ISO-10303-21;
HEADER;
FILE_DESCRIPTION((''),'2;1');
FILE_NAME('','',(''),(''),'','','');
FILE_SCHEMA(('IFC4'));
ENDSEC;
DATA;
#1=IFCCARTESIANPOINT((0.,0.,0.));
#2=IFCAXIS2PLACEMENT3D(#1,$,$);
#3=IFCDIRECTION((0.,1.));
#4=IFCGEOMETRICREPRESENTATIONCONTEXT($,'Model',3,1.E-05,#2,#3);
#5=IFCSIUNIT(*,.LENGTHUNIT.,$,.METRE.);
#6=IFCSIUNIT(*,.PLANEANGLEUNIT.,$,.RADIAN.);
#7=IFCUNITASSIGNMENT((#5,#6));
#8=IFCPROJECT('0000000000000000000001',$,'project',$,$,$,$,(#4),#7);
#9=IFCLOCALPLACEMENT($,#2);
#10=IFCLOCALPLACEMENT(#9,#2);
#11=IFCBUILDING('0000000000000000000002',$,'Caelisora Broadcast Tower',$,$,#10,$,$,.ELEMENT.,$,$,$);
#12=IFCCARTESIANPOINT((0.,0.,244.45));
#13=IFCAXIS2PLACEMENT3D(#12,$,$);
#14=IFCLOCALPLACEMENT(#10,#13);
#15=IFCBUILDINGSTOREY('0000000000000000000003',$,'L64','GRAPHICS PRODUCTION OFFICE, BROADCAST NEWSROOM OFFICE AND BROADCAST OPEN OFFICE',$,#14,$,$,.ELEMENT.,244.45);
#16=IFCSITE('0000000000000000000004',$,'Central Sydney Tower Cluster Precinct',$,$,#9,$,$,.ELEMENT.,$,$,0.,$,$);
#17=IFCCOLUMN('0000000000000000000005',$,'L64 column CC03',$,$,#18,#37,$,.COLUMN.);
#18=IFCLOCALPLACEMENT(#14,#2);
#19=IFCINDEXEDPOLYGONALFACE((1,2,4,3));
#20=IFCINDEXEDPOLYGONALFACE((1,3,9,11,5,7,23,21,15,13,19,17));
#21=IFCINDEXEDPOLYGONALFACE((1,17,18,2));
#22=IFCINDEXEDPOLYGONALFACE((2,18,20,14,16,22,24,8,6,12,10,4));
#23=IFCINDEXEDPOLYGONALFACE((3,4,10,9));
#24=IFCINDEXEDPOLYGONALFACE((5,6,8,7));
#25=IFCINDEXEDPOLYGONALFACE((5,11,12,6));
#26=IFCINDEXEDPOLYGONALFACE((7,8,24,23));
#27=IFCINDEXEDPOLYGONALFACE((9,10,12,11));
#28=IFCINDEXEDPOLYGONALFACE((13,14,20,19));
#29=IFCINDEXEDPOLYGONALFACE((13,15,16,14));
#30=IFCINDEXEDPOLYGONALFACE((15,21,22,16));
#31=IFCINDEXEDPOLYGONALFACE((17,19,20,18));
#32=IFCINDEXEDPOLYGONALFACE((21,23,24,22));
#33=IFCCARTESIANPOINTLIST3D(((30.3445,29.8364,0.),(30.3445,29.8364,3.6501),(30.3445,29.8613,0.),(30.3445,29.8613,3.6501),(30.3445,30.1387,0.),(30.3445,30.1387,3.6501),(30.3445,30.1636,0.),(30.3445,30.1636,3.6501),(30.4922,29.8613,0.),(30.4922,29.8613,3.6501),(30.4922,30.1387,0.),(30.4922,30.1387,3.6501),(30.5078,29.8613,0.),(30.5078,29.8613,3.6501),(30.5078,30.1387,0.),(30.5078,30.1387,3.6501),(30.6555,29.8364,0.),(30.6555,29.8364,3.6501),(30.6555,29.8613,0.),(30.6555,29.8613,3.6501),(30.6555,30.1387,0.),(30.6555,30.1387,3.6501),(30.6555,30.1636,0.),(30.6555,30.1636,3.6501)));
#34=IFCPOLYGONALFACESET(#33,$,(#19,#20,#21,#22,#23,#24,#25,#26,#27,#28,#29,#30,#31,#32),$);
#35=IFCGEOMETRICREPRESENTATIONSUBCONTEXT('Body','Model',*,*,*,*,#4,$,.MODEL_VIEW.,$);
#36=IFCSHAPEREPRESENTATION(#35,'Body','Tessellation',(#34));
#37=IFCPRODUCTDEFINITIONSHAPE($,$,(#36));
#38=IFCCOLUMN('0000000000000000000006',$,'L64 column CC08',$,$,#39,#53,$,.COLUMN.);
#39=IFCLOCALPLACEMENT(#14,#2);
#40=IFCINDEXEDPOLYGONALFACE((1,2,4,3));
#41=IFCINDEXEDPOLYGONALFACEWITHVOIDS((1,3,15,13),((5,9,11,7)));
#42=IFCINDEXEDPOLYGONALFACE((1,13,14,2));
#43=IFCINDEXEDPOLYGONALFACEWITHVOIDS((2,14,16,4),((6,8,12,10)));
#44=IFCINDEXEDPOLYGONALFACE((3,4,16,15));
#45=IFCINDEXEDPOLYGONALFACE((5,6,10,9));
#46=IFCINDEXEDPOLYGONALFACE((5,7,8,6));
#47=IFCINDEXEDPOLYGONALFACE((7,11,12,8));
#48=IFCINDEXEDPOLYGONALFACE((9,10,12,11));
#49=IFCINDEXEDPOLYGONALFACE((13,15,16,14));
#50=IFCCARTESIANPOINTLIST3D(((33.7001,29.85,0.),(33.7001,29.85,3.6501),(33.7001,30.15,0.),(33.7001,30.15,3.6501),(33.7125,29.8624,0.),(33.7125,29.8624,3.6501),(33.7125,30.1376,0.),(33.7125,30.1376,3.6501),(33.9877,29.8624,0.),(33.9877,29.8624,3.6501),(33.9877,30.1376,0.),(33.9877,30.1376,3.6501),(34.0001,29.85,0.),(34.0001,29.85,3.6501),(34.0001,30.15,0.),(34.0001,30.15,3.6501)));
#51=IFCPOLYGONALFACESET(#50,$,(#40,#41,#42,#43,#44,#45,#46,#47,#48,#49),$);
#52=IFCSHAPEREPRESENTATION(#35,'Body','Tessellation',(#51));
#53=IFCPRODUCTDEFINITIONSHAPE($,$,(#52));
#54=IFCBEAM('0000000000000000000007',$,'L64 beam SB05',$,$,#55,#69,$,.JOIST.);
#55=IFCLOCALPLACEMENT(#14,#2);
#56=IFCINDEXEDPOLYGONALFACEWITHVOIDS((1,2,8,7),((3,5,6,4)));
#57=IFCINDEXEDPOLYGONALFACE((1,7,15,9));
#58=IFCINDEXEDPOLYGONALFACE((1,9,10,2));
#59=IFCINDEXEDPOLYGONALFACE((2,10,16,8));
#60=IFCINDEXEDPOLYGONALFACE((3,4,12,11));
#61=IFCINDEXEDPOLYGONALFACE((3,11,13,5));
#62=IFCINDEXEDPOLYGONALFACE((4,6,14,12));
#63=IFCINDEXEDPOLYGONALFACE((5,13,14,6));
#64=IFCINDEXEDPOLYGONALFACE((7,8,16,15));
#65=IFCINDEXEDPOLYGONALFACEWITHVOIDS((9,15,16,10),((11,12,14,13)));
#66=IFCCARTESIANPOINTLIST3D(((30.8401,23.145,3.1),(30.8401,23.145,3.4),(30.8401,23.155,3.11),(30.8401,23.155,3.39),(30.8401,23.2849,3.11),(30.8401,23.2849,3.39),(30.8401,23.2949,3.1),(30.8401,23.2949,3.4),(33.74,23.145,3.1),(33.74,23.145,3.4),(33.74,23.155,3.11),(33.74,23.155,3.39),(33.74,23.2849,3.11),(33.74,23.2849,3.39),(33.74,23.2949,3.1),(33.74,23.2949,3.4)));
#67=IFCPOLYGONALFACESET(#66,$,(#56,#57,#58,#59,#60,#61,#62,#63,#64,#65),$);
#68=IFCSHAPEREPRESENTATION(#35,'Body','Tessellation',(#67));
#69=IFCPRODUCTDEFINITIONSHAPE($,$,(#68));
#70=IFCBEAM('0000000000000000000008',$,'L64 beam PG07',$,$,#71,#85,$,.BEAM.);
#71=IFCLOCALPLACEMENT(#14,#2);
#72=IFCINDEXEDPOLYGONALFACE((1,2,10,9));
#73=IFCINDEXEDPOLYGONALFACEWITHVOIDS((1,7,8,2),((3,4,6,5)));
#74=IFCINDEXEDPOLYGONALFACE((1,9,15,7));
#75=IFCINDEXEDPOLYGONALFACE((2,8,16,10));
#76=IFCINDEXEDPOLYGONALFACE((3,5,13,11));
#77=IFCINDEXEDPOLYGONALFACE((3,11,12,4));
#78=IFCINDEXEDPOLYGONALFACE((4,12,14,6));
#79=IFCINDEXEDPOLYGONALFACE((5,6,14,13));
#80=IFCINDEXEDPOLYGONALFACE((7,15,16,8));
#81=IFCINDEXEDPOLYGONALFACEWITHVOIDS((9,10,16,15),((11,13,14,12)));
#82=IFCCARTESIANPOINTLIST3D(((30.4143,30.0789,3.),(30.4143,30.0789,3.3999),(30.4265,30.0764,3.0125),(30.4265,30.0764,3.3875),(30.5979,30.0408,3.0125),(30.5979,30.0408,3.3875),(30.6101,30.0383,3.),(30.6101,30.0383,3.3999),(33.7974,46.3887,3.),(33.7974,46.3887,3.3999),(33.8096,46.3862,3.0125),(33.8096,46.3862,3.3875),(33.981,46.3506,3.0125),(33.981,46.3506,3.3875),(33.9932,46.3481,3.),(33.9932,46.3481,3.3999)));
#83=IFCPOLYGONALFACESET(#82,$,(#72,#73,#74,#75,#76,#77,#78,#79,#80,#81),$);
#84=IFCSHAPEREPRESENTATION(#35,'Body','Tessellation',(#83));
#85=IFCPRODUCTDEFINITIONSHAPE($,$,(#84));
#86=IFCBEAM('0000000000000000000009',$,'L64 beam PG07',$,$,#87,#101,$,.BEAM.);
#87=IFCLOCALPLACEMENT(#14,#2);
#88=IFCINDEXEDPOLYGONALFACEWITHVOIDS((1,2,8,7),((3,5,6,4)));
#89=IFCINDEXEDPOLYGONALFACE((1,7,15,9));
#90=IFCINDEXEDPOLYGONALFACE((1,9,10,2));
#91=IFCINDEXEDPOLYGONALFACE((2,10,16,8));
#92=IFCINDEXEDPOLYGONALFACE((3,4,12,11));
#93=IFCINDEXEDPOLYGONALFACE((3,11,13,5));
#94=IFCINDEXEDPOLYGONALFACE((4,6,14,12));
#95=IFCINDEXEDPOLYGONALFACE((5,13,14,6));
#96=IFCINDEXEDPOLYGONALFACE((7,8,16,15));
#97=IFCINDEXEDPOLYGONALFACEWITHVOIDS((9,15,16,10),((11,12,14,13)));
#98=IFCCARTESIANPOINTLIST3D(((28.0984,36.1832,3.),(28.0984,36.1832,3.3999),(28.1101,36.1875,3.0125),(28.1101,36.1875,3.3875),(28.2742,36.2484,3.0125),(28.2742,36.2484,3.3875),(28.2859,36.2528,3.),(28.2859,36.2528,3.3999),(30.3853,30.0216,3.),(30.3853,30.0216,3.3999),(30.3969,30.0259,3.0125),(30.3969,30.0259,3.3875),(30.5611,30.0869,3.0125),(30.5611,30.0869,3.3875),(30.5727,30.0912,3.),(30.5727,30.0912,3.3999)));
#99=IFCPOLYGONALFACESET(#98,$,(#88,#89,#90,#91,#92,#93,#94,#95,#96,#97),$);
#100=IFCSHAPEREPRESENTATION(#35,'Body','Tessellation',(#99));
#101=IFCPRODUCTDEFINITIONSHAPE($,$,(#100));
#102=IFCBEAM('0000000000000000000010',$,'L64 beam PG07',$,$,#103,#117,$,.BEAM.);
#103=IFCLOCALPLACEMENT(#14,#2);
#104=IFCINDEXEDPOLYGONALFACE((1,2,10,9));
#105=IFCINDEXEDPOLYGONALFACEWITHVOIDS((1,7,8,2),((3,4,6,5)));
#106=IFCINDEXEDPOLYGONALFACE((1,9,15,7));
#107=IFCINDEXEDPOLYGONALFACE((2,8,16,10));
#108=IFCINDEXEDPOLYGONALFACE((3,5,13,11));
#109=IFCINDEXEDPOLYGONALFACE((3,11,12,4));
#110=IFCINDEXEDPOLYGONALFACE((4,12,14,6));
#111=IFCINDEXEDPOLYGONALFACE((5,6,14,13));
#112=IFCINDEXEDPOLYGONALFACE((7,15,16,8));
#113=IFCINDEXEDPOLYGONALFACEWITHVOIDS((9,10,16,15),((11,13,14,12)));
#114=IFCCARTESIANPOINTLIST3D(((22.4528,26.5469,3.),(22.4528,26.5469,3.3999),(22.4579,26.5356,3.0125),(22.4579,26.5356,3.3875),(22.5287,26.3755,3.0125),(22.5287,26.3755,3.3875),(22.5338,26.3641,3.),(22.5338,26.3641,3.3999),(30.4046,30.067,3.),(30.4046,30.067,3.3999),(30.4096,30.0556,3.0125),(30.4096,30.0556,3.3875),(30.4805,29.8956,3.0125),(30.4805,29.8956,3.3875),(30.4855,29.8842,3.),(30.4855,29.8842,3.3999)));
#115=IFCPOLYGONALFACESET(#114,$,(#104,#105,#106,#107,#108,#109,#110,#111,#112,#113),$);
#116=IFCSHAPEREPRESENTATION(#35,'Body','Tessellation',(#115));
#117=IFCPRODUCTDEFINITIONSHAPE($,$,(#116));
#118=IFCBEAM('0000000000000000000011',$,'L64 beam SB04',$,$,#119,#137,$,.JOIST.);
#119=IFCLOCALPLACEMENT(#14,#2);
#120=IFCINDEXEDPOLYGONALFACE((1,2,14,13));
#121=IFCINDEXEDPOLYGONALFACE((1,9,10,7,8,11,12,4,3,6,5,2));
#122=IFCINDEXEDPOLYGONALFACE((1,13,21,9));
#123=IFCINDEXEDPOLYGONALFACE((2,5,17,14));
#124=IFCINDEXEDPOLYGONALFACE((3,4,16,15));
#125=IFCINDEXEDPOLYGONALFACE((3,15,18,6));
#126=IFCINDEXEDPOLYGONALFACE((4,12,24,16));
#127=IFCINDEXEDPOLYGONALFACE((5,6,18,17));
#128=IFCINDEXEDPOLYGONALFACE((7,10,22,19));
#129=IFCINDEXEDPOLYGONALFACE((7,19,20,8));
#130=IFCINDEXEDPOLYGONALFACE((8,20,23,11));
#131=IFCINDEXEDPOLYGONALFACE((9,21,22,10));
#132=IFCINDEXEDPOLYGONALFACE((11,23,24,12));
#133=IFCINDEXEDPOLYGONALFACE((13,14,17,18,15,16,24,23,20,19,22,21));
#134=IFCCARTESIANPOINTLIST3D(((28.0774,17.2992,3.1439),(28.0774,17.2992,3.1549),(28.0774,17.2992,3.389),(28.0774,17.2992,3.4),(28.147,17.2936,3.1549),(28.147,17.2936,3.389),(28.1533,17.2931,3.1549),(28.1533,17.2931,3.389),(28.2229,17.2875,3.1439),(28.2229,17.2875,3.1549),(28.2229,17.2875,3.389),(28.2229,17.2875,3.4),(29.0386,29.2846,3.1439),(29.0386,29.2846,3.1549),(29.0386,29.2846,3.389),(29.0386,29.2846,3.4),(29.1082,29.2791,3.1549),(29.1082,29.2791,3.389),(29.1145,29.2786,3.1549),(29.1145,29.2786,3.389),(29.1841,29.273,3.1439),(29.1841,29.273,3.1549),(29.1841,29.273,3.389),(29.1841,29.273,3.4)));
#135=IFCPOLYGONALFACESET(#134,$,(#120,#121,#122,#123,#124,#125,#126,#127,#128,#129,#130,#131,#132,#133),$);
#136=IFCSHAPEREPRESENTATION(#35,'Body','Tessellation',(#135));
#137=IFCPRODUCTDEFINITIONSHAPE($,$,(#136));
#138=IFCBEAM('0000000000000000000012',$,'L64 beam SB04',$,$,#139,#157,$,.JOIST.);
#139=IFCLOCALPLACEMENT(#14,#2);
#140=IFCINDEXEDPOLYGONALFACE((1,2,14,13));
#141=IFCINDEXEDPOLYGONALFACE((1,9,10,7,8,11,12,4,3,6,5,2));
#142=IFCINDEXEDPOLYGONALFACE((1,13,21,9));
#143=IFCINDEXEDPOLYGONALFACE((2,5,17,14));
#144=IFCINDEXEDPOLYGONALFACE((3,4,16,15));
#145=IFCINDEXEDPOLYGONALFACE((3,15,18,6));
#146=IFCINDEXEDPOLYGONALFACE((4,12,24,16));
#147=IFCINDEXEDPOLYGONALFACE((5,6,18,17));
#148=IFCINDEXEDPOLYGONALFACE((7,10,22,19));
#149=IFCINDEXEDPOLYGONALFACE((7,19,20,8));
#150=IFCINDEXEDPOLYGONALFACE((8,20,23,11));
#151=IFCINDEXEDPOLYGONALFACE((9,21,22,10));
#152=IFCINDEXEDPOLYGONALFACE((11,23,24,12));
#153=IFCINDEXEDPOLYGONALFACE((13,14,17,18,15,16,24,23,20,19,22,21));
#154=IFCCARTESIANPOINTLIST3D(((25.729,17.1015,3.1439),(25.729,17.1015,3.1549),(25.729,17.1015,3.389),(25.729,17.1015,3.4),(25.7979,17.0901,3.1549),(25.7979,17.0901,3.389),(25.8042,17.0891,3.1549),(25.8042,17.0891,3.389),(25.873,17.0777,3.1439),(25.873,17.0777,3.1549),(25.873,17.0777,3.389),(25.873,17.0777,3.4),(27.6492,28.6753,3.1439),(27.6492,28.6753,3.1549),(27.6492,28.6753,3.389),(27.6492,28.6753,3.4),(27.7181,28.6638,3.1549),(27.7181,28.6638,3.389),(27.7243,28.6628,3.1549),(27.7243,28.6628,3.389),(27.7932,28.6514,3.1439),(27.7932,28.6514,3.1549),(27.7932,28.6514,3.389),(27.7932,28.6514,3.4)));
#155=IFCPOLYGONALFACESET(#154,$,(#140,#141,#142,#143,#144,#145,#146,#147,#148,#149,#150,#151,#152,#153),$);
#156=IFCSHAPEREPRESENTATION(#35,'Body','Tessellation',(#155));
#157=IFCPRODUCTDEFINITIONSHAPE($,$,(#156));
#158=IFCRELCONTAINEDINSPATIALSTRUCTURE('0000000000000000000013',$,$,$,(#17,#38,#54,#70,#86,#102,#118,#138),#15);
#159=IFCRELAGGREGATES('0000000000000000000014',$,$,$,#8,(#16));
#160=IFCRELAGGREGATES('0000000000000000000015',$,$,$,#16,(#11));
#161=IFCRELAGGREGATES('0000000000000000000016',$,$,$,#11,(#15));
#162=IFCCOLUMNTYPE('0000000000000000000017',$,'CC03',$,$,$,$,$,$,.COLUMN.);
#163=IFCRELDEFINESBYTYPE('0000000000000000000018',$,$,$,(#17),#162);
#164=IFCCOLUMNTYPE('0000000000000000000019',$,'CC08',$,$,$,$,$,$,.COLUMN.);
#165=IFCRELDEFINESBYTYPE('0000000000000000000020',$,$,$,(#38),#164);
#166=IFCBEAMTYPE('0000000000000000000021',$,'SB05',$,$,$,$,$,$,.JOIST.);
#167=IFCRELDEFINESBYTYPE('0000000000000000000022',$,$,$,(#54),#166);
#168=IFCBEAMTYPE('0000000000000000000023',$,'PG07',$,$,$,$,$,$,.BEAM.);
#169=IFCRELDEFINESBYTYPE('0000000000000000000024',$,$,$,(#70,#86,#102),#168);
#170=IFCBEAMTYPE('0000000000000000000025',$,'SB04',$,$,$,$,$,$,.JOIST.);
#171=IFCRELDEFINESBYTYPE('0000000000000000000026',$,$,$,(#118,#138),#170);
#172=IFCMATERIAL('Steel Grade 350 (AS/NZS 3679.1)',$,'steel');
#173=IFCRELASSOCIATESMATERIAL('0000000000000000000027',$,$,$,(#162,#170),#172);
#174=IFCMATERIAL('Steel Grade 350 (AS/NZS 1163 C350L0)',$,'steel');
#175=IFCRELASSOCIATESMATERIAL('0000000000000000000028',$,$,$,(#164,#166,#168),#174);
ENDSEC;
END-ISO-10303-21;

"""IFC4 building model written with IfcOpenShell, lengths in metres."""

from ifc_helpers import new_model, si_unit, direction, frame, origin, origin_2d, place, context, subcontext, project, spatial, hollow_rectangle, i_section, extrude, source, transform, mapped, material, material_profile, profile_set, type_object, type_shapes, element, save


model = new_model("IFC4")

# Units and contexts
model_context = context("Model", 3, precision=1e-05, world=origin(), true_north=direction((0.0, 1.0)))
body_context = subcontext(model_context, "Body", "Model", "MODEL_VIEW")
ifc_project = project(units=[si_unit("LENGTHUNIT", "METRE"), si_unit("PLANEANGLEUNIT", "RADIAN")], contexts=[model_context])

# Site, building, storey
site_placement = place(None, origin())
site = spatial("IfcSite", under=ifc_project, at=site_placement, Name="Central Sydney Tower Cluster Precinct", CompositionType="ELEMENT", RefElevation=0.0)
building_placement = place(site_placement, origin())
building = spatial("IfcBuilding", under=site, at=building_placement, Name="Caelisora Broadcast Tower", CompositionType="ELEMENT")
storey_placement = place(building_placement, frame((0.0, 0.0, 244.45)))
storey = spatial("IfcBuildingStorey", under=building, at=storey_placement, Name="L64", Description="GRAPHICS PRODUCTION OFFICE, BROADCAST NEWSROOM OFFICE AND BROADCAST OPEN OFFICE", CompositionType="ELEMENT", Elevation=244.45)

# Columns
ifc_material_1 = material(Name="Steel Grade 350 (AS/NZS 3679.1)", Category="steel")
ifc_material_profile_1 = material_profile(ifc_material_1, i_section(OverallWidth=0.311, OverallDepth=0.3271, WebThickness=0.0156, FlangeThickness=0.0249, at=origin_2d()), Name="Steel Grade 350 (AS/NZS 3679.1)")
ifc_profile_set_1 = profile_set([ifc_material_profile_1], Name="Steel Grade 350 (AS/NZS 3679.1)")
column_type_1 = type_object("IfcColumnType", Name="CC03", PredefinedType="COLUMN", material=ifc_profile_set_1)
shared_shape_1 = source(origin(), body_context, "Body", "SweptSolid", [
    extrude(i_section(OverallWidth=0.311, OverallDepth=0.3271, WebThickness=0.0156, FlangeThickness=0.0249, at=origin_2d()), origin(), (0.0, 0.0, 1.0), 3.6501),
])
type_shapes(column_type_1, [shared_shape_1])
column_1_placement = place(storey_placement, frame((30.5, 30.0, 0.0), z_axis=(0.0, 0.0, 1.0), x_axis=(1.0, 0.0, 0.0)))
element("IfcColumn", 1, at=column_1_placement, inside=storey, type_object=column_type_1, Name="L64 column CC03", PredefinedType="COLUMN", context=body_context, shape_type="MappedRepresentation", body=[
    mapped(shared_shape_1, transform((0.0, 0.0, 0.0), scale=1.0)),
])
ifc_material_2 = material(Name="Steel Grade 350 (AS/NZS 1163 C350L0)", Category="steel")
ifc_material_profile_2 = material_profile(ifc_material_2, hollow_rectangle(XDim=0.3, YDim=0.3, WallThickness=0.0125, at=origin_2d()), Name="Steel Grade 350 (AS/NZS 1163 C350L0)")
ifc_profile_set_2 = profile_set([ifc_material_profile_2], Name="Steel Grade 350 (AS/NZS 1163 C350L0)")
column_type_2 = type_object("IfcColumnType", Name="CC08", PredefinedType="COLUMN", material=ifc_profile_set_2)
shared_shape_2 = source(origin(), body_context, "Body", "SweptSolid", [
    extrude(hollow_rectangle(XDim=0.3, YDim=0.3, WallThickness=0.0125, at=origin_2d()), origin(), (0.0, 0.0, 1.0), 3.6501),
])
type_shapes(column_type_2, [shared_shape_2])
column_2_placement = place(storey_placement, frame((33.8501, 30.0, 0.0), z_axis=(0.0, 0.0, 1.0), x_axis=(1.0, 0.0, 0.0)))
element("IfcColumn", 2, at=column_2_placement, inside=storey, type_object=column_type_2, Name="L64 column CC08", PredefinedType="COLUMN", context=body_context, shape_type="MappedRepresentation", body=[
    mapped(shared_shape_2, transform((0.0, 0.0, 0.0), scale=1.0)),
])

# Beams
ifc_material_profile_3 = material_profile(ifc_material_2, hollow_rectangle(XDim=0.1499, YDim=0.3, WallThickness=0.01, at=origin_2d()), Name="Steel Grade 350 (AS/NZS 1163 C350L0)")
ifc_profile_set_3 = profile_set([ifc_material_profile_3], Name="Steel Grade 350 (AS/NZS 1163 C350L0)")
beam_type_1 = type_object("IfcBeamType", Name="SB05", PredefinedType="JOIST", material=ifc_profile_set_3)
shared_shape_3 = source(origin(), body_context, "Body", "SweptSolid", [
    extrude(hollow_rectangle(XDim=0.1499, YDim=0.3, WallThickness=0.01, at=origin_2d()), origin(), (0.0, 0.0, 1.0), 2.8999),
])
type_shapes(beam_type_1, [shared_shape_3])
beam_1_placement = place(storey_placement, frame((30.8401, 23.22, 3.25), z_axis=(1.0, 0.0, 0.0), x_axis=(0.0, 1.0, 0.0)))
element("IfcBeam", 3, at=beam_1_placement, inside=storey, type_object=beam_type_1, Name="L64 beam SB05", PredefinedType="JOIST", context=body_context, shape_type="MappedRepresentation", body=[
    mapped(shared_shape_3, transform((0.0, 0.0, 0.0), scale=1.0)),
])
ifc_material_profile_4 = material_profile(ifc_material_2, hollow_rectangle(XDim=0.2, YDim=0.3999, WallThickness=0.0125, at=origin_2d()), Name="Steel Grade 350 (AS/NZS 1163 C350L0)")
ifc_profile_set_4 = profile_set([ifc_material_profile_4], Name="Steel Grade 350 (AS/NZS 1163 C350L0)")
beam_type_2 = type_object("IfcBeamType", Name="PG07", PredefinedType="BEAM", material=ifc_profile_set_4)
shared_shape_4 = source(origin(), body_context, "Body", "SweptSolid", [
    extrude(hollow_rectangle(XDim=0.2, YDim=0.3999, WallThickness=0.0125, at=origin_2d()), origin(), (0.0, 0.0, 1.0), 16.657),
])
beam_2_placement = place(storey_placement, frame((30.5122, 30.0586, 3.2), z_axis=(0.203101, 0.979158, 0.0), x_axis=(-0.979158, 0.203101, 0.0)))
element("IfcBeam", 4, at=beam_2_placement, inside=storey, type_object=beam_type_2, Name="L64 beam PG07", PredefinedType="BEAM", context=body_context, shape_type="MappedRepresentation", body=[
    mapped(shared_shape_4, transform((0.0, 0.0, 0.0), scale=1.0)),
])
shared_shape_5 = source(origin(), body_context, "Body", "SweptSolid", [
    extrude(hollow_rectangle(XDim=0.2, YDim=0.3999, WallThickness=0.0125, at=origin_2d()), origin(), (0.0, 0.0, 1.0), 6.5723),
])
beam_3_placement = place(storey_placement, frame((30.479, 30.0564, 3.2), z_axis=(-0.347954, 0.937512, 0.0), x_axis=(-0.937512, -0.347954, 0.0)))
element("IfcBeam", 5, at=beam_3_placement, inside=storey, type_object=beam_type_2, Name="L64 beam PG07", PredefinedType="BEAM", context=body_context, shape_type="MappedRepresentation", body=[
    mapped(shared_shape_5, transform((0.0, 0.0, 0.0), scale=1.0)),
])
shared_shape_6 = source(origin(), body_context, "Body", "SweptSolid", [
    extrude(hollow_rectangle(XDim=0.2, YDim=0.3999, WallThickness=0.0125, at=origin_2d()), origin(), (0.0, 0.0, 1.0), 8.696),
])
type_shapes(beam_type_2, [shared_shape_4, shared_shape_5, shared_shape_6])
beam_4_placement = place(storey_placement, frame((30.4451, 29.9756, 3.2), z_axis=(-0.91441, -0.404789, 0.0), x_axis=(0.404789, -0.91441, 0.0)))
element("IfcBeam", 6, at=beam_4_placement, inside=storey, type_object=beam_type_2, Name="L64 beam PG07", PredefinedType="BEAM", context=body_context, shape_type="MappedRepresentation", body=[
    mapped(shared_shape_6, transform((0.0, 0.0, 0.0), scale=1.0)),
])
ifc_material_profile_5 = material_profile(ifc_material_1, i_section(OverallWidth=0.146, OverallDepth=0.2561, WebThickness=0.0063, FlangeThickness=0.011, at=origin_2d()), Name="Steel Grade 350 (AS/NZS 3679.1)")
ifc_profile_set_5 = profile_set([ifc_material_profile_5], Name="Steel Grade 350 (AS/NZS 3679.1)")
beam_type_3 = type_object("IfcBeamType", Name="SB04", PredefinedType="JOIST", material=ifc_profile_set_5)
shared_shape_7 = source(origin(), body_context, "Body", "SweptSolid", [
    extrude(i_section(OverallWidth=0.146, OverallDepth=0.2561, WebThickness=0.0063, FlangeThickness=0.011, at=origin_2d()), origin(), (0.0, 0.0, 1.0), 12.0239),
])
beam_5_placement = place(storey_placement, frame((29.1113, 29.2788, 3.272), z_axis=(-0.07994, -0.9968, 0.0), x_axis=(0.9968, -0.07994, 0.0)))
element("IfcBeam", 7, at=beam_5_placement, inside=storey, type_object=beam_type_3, Name="L64 beam SB04", PredefinedType="JOIST", context=body_context, shape_type="MappedRepresentation", body=[
    mapped(shared_shape_7, transform((0.0, 0.0, 0.0), scale=1.0)),
])
shared_shape_8 = source(origin(), body_context, "Body", "SweptSolid", [
    extrude(i_section(OverallWidth=0.146, OverallDepth=0.2561, WebThickness=0.0063, FlangeThickness=0.011, at=origin_2d()), origin(), (0.0, 0.0, 1.0), 11.7319),
])
beam_6_placement = place(storey_placement, frame((27.7212, 28.6633, 3.272), z_axis=(-0.16367, -0.986515, 0.0), x_axis=(0.986515, -0.16367, 0.0)))
element("IfcBeam", 8, at=beam_6_placement, inside=storey, type_object=beam_type_3, Name="L64 beam SB04", PredefinedType="JOIST", context=body_context, shape_type="MappedRepresentation", body=[
    mapped(shared_shape_8, transform((0.0, 0.0, 0.0), scale=1.0)),
])

save(model, "model.ifc")
